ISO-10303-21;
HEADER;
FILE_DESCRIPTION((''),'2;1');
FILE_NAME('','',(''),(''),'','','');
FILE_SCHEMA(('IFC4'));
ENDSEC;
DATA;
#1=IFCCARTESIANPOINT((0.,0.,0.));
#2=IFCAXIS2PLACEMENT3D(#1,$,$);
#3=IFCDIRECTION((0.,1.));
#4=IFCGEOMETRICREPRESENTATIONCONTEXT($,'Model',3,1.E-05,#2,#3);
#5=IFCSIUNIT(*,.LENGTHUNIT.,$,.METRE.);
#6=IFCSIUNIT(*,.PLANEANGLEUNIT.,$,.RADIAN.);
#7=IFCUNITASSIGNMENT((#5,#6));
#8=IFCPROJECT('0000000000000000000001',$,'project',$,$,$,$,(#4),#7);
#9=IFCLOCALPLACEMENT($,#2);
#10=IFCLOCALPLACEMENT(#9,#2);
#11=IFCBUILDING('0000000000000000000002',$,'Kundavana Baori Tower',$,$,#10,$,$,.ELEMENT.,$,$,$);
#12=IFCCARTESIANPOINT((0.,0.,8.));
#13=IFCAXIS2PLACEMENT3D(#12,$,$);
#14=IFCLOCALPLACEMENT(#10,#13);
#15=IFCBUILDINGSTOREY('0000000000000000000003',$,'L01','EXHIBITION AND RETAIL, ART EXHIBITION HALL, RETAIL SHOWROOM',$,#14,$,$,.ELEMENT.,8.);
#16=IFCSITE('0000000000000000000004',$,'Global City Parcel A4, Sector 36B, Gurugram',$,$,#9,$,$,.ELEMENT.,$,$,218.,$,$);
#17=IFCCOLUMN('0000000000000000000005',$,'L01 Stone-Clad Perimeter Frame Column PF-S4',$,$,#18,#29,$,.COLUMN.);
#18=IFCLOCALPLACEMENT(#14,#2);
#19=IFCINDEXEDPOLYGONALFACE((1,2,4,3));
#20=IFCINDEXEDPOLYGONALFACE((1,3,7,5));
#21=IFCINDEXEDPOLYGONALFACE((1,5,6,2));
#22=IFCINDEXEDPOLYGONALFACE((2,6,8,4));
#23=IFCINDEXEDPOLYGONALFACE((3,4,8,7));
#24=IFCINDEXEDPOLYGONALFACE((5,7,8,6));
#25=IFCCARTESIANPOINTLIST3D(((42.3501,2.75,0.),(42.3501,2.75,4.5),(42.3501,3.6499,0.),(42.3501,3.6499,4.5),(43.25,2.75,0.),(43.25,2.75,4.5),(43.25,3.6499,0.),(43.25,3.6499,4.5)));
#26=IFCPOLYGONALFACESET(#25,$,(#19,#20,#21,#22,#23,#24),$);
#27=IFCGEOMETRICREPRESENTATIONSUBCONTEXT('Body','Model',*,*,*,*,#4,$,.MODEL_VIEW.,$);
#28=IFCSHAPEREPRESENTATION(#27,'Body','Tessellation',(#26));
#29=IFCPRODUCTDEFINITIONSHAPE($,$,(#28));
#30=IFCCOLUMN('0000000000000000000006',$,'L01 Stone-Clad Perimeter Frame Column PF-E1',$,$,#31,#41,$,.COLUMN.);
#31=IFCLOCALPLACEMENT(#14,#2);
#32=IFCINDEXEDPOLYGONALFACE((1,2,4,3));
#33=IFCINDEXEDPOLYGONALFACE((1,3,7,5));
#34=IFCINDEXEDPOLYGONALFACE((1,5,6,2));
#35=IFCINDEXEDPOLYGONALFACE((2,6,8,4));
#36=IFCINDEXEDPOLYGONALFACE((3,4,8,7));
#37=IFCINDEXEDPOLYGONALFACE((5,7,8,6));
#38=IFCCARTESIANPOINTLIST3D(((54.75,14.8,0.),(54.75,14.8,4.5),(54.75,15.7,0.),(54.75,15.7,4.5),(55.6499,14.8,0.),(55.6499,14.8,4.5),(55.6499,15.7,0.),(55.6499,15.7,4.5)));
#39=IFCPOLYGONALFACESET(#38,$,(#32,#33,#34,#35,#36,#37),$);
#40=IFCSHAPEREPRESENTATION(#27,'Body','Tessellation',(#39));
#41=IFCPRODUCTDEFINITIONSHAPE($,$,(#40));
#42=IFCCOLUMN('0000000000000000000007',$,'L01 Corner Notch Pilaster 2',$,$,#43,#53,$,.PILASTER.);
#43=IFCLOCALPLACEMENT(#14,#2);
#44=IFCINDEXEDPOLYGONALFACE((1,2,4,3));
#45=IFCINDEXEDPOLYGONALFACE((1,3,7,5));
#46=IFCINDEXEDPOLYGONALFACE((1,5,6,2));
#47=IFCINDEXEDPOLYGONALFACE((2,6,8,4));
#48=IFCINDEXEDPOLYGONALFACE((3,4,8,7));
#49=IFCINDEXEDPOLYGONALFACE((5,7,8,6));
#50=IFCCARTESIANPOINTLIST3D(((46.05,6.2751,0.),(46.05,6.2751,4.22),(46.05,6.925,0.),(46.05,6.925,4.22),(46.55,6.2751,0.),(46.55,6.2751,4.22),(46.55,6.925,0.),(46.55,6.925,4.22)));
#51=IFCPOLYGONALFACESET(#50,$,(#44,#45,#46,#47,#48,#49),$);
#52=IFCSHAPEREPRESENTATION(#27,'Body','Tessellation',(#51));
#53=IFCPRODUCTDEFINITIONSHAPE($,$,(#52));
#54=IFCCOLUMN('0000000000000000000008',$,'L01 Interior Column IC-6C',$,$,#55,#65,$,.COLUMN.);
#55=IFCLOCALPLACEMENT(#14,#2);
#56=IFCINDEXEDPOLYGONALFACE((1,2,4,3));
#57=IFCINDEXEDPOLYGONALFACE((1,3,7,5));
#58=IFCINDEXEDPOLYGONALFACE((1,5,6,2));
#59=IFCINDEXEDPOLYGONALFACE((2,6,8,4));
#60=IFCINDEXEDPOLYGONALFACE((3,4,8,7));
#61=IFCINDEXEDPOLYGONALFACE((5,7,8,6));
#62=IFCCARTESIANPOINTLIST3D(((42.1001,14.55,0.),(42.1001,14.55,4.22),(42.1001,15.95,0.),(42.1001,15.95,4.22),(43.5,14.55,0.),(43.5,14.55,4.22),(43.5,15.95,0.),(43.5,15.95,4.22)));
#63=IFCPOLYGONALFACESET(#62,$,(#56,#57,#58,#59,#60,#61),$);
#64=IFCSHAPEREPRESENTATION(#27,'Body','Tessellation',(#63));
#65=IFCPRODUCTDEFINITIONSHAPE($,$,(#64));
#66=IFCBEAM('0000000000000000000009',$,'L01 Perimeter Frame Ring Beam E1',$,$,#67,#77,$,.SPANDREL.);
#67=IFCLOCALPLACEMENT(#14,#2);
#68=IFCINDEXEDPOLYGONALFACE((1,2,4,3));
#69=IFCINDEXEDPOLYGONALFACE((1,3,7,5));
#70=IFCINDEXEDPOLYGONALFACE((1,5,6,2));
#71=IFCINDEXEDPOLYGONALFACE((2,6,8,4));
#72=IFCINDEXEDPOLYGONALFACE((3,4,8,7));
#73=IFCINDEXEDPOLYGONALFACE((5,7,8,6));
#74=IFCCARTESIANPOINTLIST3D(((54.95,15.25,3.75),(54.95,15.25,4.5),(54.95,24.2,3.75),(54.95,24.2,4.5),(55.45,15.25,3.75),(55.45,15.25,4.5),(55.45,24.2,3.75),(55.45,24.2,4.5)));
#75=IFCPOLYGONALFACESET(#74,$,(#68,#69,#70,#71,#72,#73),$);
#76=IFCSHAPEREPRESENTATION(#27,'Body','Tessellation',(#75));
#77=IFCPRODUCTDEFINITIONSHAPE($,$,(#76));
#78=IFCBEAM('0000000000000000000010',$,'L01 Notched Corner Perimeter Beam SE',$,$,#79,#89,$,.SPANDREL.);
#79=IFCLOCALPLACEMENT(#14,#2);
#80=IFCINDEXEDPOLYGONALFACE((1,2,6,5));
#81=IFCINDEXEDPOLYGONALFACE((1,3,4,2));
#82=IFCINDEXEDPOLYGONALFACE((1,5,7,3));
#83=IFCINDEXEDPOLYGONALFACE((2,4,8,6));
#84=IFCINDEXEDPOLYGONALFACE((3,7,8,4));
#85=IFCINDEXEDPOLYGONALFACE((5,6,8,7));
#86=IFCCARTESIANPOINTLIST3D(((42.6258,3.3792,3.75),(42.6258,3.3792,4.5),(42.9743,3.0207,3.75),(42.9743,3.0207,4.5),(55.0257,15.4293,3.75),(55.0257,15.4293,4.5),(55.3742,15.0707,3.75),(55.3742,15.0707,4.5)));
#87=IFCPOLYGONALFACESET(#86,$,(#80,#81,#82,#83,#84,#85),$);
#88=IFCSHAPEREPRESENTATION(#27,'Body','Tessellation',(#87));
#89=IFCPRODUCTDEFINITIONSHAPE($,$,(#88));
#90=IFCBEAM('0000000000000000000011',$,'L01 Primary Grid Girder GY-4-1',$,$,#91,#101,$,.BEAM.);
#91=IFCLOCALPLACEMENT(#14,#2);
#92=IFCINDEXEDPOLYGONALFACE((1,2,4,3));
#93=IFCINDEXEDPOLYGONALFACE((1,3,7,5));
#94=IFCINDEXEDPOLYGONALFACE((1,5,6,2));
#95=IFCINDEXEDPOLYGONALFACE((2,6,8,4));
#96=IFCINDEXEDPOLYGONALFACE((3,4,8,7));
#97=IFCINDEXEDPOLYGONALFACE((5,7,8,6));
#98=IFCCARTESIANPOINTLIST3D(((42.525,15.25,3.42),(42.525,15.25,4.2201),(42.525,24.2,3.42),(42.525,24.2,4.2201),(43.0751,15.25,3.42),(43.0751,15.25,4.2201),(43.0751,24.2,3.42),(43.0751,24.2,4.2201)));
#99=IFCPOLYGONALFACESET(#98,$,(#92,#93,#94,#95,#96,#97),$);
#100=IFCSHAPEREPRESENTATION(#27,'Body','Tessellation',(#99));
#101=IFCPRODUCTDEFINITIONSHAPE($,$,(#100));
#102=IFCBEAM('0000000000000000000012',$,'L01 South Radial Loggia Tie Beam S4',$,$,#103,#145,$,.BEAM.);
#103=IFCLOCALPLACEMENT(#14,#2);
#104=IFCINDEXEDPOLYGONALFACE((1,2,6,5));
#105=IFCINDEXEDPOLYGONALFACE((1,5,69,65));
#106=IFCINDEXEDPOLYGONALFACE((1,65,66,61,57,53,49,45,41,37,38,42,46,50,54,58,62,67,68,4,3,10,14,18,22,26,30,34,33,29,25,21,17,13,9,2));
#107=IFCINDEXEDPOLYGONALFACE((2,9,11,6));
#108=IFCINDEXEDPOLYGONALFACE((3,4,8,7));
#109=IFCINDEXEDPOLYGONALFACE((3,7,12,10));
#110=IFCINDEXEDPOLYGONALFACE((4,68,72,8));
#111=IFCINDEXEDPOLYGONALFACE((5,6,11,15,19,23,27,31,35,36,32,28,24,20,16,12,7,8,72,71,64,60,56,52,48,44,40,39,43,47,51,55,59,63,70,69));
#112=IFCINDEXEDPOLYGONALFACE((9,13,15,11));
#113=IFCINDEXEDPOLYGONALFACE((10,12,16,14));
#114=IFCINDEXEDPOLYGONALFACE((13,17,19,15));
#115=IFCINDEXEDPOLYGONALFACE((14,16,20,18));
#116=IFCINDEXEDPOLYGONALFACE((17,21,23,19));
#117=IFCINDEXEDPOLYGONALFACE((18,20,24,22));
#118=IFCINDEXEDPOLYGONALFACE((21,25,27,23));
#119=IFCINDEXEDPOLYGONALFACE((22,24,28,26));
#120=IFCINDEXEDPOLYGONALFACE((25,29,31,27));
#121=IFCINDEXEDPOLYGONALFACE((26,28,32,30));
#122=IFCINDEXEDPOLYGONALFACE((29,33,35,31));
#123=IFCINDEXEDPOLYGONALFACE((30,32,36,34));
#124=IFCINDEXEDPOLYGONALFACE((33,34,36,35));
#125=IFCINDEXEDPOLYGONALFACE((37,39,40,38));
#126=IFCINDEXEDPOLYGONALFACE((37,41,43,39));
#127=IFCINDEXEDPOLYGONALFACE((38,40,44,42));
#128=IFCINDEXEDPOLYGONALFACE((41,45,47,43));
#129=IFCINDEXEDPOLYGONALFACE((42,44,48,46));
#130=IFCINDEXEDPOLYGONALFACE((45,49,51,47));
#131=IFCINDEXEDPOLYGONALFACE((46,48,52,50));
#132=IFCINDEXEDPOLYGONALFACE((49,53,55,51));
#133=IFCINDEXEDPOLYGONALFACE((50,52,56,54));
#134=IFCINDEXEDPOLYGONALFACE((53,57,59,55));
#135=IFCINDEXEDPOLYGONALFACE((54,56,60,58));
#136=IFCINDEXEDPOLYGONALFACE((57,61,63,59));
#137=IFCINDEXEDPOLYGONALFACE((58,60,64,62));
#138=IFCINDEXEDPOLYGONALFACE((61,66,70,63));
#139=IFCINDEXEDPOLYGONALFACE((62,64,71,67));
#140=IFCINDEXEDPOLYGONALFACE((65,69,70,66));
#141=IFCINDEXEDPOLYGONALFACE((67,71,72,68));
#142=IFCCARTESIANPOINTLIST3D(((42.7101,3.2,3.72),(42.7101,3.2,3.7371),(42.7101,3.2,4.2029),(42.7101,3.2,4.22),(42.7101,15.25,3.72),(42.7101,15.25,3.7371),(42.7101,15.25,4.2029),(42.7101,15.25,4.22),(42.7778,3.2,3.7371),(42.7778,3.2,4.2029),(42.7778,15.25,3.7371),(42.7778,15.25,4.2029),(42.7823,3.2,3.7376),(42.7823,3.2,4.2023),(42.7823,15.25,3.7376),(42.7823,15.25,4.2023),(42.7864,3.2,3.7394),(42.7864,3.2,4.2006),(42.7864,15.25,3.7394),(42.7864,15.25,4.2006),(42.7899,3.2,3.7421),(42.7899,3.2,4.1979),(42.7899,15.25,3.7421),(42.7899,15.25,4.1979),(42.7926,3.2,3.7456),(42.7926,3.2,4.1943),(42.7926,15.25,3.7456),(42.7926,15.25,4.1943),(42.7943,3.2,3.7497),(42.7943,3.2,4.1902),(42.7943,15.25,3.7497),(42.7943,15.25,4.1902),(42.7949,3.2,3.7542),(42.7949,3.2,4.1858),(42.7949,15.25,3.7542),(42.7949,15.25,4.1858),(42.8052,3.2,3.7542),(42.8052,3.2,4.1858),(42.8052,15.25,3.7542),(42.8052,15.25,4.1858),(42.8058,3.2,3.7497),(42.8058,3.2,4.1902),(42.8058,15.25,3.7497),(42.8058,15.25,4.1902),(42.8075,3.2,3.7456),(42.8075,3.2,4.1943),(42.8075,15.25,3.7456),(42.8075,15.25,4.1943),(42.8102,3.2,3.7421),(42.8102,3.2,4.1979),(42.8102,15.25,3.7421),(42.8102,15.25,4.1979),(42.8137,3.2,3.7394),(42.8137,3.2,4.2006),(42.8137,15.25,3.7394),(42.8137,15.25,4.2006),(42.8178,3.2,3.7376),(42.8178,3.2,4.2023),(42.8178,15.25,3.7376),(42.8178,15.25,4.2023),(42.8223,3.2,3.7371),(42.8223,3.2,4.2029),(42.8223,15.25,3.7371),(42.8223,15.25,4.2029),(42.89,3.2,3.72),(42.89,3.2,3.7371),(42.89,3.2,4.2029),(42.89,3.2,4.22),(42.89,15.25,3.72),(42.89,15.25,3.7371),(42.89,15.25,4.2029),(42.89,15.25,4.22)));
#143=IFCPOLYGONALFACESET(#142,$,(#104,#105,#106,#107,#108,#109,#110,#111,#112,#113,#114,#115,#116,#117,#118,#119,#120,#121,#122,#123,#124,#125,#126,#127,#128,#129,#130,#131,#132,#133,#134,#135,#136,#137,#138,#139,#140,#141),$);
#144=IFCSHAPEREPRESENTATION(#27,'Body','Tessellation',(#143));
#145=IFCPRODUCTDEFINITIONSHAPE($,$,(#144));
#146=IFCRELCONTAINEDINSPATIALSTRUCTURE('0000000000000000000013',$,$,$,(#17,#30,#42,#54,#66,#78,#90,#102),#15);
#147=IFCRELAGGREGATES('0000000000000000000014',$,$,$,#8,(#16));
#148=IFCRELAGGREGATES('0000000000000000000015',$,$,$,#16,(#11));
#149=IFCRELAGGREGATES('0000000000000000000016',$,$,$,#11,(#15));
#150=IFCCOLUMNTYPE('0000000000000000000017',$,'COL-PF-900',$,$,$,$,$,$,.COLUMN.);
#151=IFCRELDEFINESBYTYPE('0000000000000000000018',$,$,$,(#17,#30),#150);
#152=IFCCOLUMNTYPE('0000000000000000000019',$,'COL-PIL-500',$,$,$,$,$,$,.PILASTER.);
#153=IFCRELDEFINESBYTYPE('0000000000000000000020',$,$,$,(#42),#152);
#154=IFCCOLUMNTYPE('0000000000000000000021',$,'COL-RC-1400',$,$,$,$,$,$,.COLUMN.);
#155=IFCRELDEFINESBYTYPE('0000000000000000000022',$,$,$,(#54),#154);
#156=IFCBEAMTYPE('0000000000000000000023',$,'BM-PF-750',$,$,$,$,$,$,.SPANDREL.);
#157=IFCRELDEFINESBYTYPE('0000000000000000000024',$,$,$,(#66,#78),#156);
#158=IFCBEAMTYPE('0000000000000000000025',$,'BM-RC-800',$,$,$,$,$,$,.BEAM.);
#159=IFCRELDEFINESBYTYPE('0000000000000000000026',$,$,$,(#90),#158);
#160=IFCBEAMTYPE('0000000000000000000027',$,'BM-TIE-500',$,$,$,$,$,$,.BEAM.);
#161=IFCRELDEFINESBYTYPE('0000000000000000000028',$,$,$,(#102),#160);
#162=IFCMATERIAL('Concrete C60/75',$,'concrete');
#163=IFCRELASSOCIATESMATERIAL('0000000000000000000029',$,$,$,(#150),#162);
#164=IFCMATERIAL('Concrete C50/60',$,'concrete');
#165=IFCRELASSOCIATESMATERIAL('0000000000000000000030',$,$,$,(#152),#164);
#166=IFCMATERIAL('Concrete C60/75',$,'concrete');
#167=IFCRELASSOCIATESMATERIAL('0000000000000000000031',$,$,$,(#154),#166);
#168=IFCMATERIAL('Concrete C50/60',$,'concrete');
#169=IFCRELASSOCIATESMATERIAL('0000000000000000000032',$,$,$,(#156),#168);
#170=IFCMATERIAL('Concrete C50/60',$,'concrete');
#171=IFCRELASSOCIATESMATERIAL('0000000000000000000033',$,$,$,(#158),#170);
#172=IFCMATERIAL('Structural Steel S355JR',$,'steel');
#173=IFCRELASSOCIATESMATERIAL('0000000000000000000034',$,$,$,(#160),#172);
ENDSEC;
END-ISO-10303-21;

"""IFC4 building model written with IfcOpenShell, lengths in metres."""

from ifc_helpers import new_model, si_unit, direction, frame, origin, origin_2d, place, context, subcontext, project, spatial, rectangle, i_section, extrude, material, material_profile, profile_set, type_object, element, save


model = new_model("IFC4")

# Units and contexts
model_context = context("Model", 3, precision=1e-05, world=origin(), true_north=direction((0.0, 1.0)))
body_context = subcontext(model_context, "Body", "Model", "MODEL_VIEW")
ifc_project = project(units=[si_unit("LENGTHUNIT", "METRE"), si_unit("PLANEANGLEUNIT", "RADIAN")], contexts=[model_context])

# Site, building, storey
site_placement = place(None, origin())
site = spatial("IfcSite", under=ifc_project, at=site_placement, Name="Global City Parcel A4, Sector 36B, Gurugram", CompositionType="ELEMENT", RefElevation=218.0)
building_placement = place(site_placement, origin())
building = spatial("IfcBuilding", under=site, at=building_placement, Name="Kundavana Baori Tower", CompositionType="ELEMENT")
storey_placement = place(building_placement, frame((0.0, 0.0, 8.0)))
storey = spatial("IfcBuildingStorey", under=building, at=storey_placement, Name="L01", Description="EXHIBITION AND RETAIL, ART EXHIBITION HALL, RETAIL SHOWROOM", CompositionType="ELEMENT", Elevation=8.0)

# Columns
ifc_material_1 = material(Name="Concrete C60/75", Category="concrete")
ifc_material_profile_1 = material_profile(ifc_material_1, rectangle(XDim=0.8999, YDim=0.8999, at=origin_2d()), Name="RC PF 900x900")
ifc_profile_set_1 = profile_set([ifc_material_profile_1], Name="Concrete C60/75")
column_type_1 = type_object("IfcColumnType", Name="COL-PF-900", PredefinedType="COLUMN", material=ifc_profile_set_1)
for number, where, z_axis, x_axis, name in (
    (1, (42.8, 3.2, 0.0), (0.0, 0.0, 1.0), (1.0, 0.0, 0.0), "L01 Stone-Clad Perimeter Frame Column PF-S4"),
    (2, (55.2, 15.25, 0.0), (0.0, 0.0, 1.0), (1.0, 0.0, 0.0), "L01 Stone-Clad Perimeter Frame Column PF-E1"),
):
    element("IfcColumn", number, at=place(storey_placement, frame(where, z_axis=z_axis, x_axis=x_axis)), inside=storey, type_object=column_type_1, Name=name, PredefinedType="COLUMN", context=body_context, shape_type="SweptSolid", body=[
        extrude(rectangle(XDim=0.8999, YDim=0.8999, at=origin_2d()), origin(), (0.0, 0.0, 1.0), 4.5),
    ])
ifc_material_2 = material(Name="Concrete C50/60", Category="concrete")
ifc_material_profile_2 = material_profile(ifc_material_2, rectangle(XDim=0.5, YDim=0.6499, at=origin_2d()), Name="RC PIL 500x650")
ifc_profile_set_2 = profile_set([ifc_material_profile_2], Name="Concrete C50/60")
column_type_2 = type_object("IfcColumnType", Name="COL-PIL-500", PredefinedType="PILASTER", material=ifc_profile_set_2)
column_1_placement = place(storey_placement, frame((46.3, 6.6001, 0.0), z_axis=(0.0, 0.0, 1.0), x_axis=(1.0, 0.0, 0.0)))
element("IfcColumn", 3, at=column_1_placement, inside=storey, type_object=column_type_2, Name="L01 Corner Notch Pilaster 2", PredefinedType="PILASTER", context=body_context, shape_type="SweptSolid", body=[
    extrude(rectangle(XDim=0.5, YDim=0.6499, at=origin_2d()), origin(), (0.0, 0.0, 1.0), 4.22),
])
ifc_material_3 = material(Name="Concrete C60/75", Category="concrete")
ifc_material_profile_3 = material_profile(ifc_material_3, rectangle(XDim=1.3999, YDim=1.3999, at=origin_2d()), Name="RC 1400x1400")
ifc_profile_set_3 = profile_set([ifc_material_profile_3], Name="Concrete C60/75")
column_type_3 = type_object("IfcColumnType", Name="COL-RC-1400", PredefinedType="COLUMN", material=ifc_profile_set_3)
column_2_placement = place(storey_placement, frame((42.8, 15.25, 0.0), z_axis=(0.0, 0.0, 1.0), x_axis=(1.0, 0.0, 0.0)))
element("IfcColumn", 4, at=column_2_placement, inside=storey, type_object=column_type_3, Name="L01 Interior Column IC-6C", PredefinedType="COLUMN", context=body_context, shape_type="SweptSolid", body=[
    extrude(rectangle(XDim=1.3999, YDim=1.3999, at=origin_2d()), origin(), (0.0, 0.0, 1.0), 4.22),
])

# Beams
ifc_material_4 = material(Name="Concrete C50/60", Category="concrete")
ifc_material_profile_4 = material_profile(ifc_material_4, rectangle(XDim=0.5, YDim=0.75, at=origin_2d()), Name="RC BM 500x750")
ifc_profile_set_4 = profile_set([ifc_material_profile_4], Name="Concrete C50/60")
beam_type_1 = type_object("IfcBeamType", Name="BM-PF-750", PredefinedType="SPANDREL", material=ifc_profile_set_4)
beam_1_placement = place(storey_placement, frame((55.2, 15.25, 4.125), z_axis=(0.0, 1.0, 0.0), x_axis=(-1.0, 0.0, 0.0)))
element("IfcBeam", 5, at=beam_1_placement, inside=storey, type_object=beam_type_1, Name="L01 Perimeter Frame Ring Beam E1", PredefinedType="SPANDREL", context=body_context, shape_type="SweptSolid", body=[
    extrude(rectangle(XDim=0.5, YDim=0.75, at=origin_2d()), origin(), (0.0, 0.0, 1.0), 8.95),
])
beam_2_placement = place(storey_placement, frame((42.8, 3.2, 4.125), z_axis=(0.717151, 0.696917, 0.0), x_axis=(-0.696917, 0.717151, 0.0)))
element("IfcBeam", 6, at=beam_2_placement, inside=storey, type_object=beam_type_1, Name="L01 Notched Corner Perimeter Beam SE", PredefinedType="SPANDREL", context=body_context, shape_type="SweptSolid", body=[
    extrude(rectangle(XDim=0.5, YDim=0.75, at=origin_2d()), origin(), (0.0, 0.0, 1.0), 17.2905),
])
ifc_material_5 = material(Name="Concrete C50/60", Category="concrete")
ifc_material_profile_5 = material_profile(ifc_material_5, rectangle(XDim=0.55, YDim=0.8, at=origin_2d()), Name="RC BM 550x800")
ifc_profile_set_5 = profile_set([ifc_material_profile_5], Name="Concrete C50/60")
beam_type_2 = type_object("IfcBeamType", Name="BM-RC-800", PredefinedType="BEAM", material=ifc_profile_set_5)
beam_3_placement = place(storey_placement, frame((42.8, 15.25, 3.8201), z_axis=(0.0, 1.0, 0.0), x_axis=(-1.0, 0.0, 0.0)))
element("IfcBeam", 7, at=beam_3_placement, inside=storey, type_object=beam_type_2, Name="L01 Primary Grid Girder GY-4-1", PredefinedType="BEAM", context=body_context, shape_type="SweptSolid", body=[
    extrude(rectangle(XDim=0.55, YDim=0.8, at=origin_2d()), origin(), (0.0, 0.0, 1.0), 8.95),
])
ifc_material_6 = material(Name="Structural Steel S355JR", Category="steel")
ifc_material_profile_6 = material_profile(ifc_material_6, i_section(OverallWidth=0.1799, OverallDepth=0.5, WebThickness=0.0103, FlangeThickness=0.0171, FilletRadius=0.0171, at=origin_2d()), Name="ISMB 500")
ifc_profile_set_6 = profile_set([ifc_material_profile_6], Name="Structural Steel S355JR")
beam_type_3 = type_object("IfcBeamType", Name="BM-TIE-500", PredefinedType="BEAM", material=ifc_profile_set_6)
beam_4_placement = place(storey_placement, frame((42.8, 15.25, 3.97), z_axis=(0.0, -1.0, 0.0), x_axis=(1.0, 0.0, 0.0)))
element("IfcBeam", 8, at=beam_4_placement, inside=storey, type_object=beam_type_3, Name="L01 South Radial Loggia Tie Beam S4", PredefinedType="BEAM", context=body_context, shape_type="SweptSolid", body=[
    extrude(i_section(OverallWidth=0.1799, OverallDepth=0.5, WebThickness=0.0103, FlangeThickness=0.0171, FilletRadius=0.0171, at=origin_2d()), origin(), (0.0, 0.0, 1.0), 12.05),
])

save(model, "model.ifc")
